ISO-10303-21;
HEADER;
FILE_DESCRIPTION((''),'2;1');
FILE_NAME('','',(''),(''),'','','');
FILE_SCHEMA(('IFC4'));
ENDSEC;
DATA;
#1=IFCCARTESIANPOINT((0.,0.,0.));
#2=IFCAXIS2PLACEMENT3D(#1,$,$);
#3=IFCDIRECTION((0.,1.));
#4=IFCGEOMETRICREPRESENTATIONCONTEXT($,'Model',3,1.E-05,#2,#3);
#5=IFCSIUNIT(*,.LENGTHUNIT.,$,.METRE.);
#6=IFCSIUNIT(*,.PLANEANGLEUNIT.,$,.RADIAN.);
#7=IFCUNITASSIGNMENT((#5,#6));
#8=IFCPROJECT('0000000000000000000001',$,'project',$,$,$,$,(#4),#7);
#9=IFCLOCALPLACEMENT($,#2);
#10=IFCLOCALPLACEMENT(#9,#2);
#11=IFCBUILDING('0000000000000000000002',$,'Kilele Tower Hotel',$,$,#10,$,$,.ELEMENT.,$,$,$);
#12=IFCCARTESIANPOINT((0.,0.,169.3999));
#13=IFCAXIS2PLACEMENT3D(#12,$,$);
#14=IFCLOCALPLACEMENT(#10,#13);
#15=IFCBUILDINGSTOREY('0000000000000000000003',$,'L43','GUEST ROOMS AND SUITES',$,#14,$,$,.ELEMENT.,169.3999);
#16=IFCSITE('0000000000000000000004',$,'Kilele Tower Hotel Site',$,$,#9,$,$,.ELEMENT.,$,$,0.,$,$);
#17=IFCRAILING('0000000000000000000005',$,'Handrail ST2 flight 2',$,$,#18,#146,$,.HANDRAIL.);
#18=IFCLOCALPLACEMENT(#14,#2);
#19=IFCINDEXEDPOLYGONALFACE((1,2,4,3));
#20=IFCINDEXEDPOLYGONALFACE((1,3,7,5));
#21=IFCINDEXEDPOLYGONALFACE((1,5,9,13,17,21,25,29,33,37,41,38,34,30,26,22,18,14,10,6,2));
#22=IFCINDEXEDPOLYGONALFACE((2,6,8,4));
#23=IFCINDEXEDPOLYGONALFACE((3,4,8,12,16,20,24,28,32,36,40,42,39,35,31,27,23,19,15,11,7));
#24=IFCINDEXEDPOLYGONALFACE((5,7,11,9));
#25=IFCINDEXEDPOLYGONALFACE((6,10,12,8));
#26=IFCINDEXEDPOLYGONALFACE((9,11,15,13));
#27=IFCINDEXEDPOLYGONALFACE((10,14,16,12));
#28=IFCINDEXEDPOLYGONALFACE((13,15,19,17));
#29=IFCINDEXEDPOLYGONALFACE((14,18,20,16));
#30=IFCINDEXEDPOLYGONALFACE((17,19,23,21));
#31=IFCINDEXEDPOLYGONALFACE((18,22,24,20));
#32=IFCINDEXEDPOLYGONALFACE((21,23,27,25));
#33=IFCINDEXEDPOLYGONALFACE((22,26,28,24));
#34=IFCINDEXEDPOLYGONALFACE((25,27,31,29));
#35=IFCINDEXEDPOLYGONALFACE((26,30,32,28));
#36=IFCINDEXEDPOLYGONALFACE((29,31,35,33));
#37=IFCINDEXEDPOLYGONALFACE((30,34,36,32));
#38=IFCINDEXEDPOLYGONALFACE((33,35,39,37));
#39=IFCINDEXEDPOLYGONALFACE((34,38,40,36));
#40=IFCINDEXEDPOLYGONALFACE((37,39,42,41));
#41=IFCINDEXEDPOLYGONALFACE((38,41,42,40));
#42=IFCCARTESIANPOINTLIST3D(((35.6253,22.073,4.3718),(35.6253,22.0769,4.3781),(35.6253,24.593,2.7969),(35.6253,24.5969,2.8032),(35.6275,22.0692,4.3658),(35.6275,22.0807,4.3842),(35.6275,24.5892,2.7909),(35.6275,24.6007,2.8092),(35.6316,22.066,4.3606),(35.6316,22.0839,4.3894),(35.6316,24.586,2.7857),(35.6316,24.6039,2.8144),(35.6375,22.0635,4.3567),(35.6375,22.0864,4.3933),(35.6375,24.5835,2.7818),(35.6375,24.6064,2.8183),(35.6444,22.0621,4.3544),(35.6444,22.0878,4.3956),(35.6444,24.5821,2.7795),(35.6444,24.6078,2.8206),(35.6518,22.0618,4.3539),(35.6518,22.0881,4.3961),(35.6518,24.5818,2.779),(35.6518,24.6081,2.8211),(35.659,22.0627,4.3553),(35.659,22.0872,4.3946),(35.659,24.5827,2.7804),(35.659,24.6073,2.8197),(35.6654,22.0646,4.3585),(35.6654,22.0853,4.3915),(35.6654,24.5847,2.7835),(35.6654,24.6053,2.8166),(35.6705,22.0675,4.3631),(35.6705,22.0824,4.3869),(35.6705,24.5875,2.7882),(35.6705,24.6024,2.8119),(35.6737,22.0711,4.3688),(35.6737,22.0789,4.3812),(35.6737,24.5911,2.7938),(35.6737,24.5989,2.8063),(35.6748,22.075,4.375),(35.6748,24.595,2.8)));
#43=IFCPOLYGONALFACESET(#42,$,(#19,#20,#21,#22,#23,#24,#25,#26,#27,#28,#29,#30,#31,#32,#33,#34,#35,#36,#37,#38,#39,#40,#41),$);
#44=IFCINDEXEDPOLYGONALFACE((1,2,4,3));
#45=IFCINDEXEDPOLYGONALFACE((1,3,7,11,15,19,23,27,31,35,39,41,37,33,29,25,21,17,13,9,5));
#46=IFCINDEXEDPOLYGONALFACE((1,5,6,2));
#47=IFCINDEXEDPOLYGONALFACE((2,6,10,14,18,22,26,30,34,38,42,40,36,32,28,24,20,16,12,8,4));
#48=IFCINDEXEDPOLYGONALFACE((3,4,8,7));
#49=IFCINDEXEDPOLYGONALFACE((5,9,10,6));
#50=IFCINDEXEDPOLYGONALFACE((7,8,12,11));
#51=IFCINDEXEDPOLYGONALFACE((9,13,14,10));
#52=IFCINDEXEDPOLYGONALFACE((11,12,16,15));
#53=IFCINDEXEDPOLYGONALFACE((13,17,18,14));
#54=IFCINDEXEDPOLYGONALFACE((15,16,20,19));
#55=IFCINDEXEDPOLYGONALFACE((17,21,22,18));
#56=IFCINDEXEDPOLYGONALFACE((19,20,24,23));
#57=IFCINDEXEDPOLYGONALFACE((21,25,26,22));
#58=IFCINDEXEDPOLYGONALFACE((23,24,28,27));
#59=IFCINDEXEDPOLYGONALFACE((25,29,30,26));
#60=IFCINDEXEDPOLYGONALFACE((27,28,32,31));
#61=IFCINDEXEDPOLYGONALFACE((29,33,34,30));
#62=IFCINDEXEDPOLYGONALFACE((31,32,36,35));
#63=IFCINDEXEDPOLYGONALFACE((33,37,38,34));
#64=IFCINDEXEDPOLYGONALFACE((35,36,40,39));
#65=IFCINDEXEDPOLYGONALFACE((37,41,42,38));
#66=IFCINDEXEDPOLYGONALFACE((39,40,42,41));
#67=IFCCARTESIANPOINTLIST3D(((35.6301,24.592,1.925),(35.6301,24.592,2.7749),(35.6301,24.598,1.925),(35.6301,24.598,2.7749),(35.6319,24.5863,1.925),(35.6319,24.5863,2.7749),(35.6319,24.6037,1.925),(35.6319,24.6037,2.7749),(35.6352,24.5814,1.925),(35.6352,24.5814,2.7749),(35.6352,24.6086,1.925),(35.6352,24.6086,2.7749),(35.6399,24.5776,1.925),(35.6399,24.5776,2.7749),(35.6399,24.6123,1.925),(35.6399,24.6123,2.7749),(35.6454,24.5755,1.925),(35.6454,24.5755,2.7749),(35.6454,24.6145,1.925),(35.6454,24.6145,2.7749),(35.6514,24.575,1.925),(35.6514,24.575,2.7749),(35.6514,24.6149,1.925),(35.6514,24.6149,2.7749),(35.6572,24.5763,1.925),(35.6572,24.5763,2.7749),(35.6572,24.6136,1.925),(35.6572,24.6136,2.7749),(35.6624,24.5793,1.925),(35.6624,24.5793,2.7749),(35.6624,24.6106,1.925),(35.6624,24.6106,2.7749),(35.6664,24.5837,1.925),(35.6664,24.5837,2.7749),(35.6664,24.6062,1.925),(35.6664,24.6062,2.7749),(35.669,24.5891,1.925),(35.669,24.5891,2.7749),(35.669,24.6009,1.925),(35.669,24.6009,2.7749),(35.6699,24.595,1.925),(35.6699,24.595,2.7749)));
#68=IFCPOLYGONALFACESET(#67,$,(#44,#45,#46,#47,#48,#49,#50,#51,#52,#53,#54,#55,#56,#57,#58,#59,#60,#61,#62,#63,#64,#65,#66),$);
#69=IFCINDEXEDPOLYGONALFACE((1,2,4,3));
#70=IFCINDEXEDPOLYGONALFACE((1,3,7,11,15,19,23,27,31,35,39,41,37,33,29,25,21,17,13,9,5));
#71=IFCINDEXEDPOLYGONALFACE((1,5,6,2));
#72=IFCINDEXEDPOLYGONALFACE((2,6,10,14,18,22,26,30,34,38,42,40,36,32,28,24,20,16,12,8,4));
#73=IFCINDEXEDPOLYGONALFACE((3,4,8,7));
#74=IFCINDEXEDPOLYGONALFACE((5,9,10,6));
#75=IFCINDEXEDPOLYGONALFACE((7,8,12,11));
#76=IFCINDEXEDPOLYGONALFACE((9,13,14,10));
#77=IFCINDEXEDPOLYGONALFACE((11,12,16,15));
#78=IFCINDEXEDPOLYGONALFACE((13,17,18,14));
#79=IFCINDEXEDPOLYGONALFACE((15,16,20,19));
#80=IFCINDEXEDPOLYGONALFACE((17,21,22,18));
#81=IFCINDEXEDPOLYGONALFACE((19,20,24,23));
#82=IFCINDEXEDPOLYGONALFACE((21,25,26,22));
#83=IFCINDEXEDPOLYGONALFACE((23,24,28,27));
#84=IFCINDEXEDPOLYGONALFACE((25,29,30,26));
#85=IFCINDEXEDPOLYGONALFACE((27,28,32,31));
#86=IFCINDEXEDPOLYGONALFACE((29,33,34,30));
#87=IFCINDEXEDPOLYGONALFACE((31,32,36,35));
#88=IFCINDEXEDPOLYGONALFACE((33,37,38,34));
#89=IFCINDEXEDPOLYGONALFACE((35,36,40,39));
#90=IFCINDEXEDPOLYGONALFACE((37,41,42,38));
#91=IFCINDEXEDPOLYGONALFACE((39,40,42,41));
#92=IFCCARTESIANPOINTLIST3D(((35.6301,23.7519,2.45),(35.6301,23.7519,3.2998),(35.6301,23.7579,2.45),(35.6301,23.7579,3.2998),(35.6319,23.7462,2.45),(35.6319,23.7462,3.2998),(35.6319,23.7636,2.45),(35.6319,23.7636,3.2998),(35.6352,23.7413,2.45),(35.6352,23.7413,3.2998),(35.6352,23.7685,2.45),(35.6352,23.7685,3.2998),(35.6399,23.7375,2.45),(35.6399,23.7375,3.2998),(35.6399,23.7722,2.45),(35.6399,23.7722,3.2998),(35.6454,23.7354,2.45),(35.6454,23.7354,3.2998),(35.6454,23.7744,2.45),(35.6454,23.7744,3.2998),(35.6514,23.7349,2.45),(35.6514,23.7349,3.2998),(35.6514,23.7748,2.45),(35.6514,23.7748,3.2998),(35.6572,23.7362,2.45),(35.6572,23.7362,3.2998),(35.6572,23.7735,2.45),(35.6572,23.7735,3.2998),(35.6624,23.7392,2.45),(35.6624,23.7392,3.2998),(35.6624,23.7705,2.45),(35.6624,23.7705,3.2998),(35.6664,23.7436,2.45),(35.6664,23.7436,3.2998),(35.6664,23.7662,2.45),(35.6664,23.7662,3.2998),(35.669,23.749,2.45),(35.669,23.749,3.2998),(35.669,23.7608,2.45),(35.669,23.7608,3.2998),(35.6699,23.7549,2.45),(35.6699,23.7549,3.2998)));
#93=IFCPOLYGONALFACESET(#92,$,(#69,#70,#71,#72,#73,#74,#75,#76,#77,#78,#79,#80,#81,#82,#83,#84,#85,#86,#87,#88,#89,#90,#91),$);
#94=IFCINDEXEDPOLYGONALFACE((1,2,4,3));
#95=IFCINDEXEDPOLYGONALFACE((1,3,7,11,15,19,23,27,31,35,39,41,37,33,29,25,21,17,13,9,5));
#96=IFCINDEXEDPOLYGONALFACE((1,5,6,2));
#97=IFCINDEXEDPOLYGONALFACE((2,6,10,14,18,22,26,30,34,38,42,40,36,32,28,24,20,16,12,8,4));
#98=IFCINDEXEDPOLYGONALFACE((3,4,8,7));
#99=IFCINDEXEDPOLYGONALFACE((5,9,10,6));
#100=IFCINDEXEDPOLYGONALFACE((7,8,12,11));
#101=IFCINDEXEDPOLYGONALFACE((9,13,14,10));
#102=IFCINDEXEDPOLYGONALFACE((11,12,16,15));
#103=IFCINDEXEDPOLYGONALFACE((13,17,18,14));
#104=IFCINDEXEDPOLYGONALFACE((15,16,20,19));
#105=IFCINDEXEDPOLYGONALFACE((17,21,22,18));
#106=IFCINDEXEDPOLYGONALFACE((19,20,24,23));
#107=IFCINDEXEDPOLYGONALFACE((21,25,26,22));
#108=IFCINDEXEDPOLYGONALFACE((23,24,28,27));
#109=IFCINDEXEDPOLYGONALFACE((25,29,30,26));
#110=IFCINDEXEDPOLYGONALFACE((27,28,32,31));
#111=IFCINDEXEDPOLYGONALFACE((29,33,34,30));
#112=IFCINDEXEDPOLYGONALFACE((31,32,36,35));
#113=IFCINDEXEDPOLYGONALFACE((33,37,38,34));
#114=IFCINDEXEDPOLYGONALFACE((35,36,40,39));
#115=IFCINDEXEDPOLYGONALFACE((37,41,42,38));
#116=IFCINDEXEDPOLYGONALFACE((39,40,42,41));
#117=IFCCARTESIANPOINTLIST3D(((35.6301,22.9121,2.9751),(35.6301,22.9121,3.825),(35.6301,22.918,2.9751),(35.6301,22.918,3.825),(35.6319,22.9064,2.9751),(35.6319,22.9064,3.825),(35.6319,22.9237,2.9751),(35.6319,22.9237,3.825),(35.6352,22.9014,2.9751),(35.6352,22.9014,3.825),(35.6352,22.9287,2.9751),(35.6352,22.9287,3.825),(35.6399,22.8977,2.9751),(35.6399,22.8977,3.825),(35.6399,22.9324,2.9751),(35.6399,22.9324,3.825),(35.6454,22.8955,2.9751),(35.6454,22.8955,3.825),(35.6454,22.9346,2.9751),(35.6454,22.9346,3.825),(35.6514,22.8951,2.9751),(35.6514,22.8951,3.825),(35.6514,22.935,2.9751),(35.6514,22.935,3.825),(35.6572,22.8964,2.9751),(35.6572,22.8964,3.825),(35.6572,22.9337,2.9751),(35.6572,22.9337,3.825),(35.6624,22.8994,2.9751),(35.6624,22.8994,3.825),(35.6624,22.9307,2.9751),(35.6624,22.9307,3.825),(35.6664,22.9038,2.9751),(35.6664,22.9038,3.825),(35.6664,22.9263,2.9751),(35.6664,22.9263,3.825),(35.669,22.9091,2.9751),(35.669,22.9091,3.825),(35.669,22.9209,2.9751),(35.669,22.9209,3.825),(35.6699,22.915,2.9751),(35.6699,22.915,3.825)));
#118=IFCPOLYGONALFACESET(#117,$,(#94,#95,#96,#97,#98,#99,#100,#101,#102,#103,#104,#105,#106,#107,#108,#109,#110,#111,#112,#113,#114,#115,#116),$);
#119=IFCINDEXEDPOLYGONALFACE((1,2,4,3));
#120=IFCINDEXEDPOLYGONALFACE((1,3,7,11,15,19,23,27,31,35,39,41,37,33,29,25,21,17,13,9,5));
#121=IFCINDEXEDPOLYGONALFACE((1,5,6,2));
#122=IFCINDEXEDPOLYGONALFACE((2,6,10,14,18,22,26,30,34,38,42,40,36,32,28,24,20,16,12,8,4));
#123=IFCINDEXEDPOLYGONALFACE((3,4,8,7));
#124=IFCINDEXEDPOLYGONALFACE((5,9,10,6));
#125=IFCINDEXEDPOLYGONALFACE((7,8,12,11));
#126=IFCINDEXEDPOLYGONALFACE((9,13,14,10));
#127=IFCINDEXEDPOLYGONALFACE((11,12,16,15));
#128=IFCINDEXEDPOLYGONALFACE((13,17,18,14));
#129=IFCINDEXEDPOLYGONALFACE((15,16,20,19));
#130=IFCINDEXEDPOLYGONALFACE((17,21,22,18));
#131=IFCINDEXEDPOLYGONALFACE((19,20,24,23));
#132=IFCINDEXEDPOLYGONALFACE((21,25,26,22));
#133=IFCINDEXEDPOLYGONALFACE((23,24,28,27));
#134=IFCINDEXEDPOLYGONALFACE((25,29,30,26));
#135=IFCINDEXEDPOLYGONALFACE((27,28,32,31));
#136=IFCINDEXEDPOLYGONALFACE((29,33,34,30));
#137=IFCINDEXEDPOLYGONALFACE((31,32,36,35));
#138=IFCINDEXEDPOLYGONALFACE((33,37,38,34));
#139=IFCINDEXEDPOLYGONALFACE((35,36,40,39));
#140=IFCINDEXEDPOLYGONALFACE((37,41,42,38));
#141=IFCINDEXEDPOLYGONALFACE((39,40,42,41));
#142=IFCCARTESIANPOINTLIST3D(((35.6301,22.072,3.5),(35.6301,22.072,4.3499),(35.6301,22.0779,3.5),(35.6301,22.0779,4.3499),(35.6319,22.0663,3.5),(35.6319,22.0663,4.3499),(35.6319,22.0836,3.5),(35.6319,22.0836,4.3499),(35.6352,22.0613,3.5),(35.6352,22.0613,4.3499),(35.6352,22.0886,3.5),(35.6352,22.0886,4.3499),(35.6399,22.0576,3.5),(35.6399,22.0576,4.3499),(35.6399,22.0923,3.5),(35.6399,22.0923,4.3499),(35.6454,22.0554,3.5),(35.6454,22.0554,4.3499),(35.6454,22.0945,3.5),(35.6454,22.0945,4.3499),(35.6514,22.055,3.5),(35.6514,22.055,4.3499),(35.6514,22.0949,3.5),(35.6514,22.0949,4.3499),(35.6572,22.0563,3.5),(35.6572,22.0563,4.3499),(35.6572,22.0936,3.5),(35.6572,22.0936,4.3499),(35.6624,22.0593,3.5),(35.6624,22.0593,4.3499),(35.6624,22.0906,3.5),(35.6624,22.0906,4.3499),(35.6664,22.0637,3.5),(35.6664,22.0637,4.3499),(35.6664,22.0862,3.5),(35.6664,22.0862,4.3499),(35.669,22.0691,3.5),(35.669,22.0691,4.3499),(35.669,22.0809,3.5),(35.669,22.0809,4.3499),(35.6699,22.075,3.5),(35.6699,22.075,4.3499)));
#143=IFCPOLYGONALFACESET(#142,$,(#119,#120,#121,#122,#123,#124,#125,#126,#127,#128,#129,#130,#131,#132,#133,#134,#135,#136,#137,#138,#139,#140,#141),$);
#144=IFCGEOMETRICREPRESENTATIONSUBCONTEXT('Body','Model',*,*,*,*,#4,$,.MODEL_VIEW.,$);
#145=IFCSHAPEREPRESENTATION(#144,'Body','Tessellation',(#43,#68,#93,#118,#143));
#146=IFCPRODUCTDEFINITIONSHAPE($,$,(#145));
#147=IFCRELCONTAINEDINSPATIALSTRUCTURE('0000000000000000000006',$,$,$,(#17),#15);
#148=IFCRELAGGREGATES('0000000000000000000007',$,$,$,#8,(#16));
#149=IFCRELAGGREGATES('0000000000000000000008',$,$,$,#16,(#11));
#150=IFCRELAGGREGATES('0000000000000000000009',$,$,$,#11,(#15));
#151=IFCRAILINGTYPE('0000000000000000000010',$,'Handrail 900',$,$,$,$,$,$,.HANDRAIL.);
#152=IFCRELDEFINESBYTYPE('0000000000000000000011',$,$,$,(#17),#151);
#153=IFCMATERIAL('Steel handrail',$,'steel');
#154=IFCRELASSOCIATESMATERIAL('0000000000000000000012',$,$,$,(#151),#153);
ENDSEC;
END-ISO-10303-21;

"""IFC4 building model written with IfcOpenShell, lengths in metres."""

from ifc_helpers import new_model, si_unit, direction, frame, origin, origin_2d, place, context, subcontext, project, spatial, circle, extrude, material, type_object, element, save


model = new_model("IFC4")

# Units and contexts
model_context = context("Model", 3, precision=1e-05, world=origin(), true_north=direction((0.0, 1.0)))
body_context = subcontext(model_context, "Body", "Model", "MODEL_VIEW")
ifc_project = project(units=[si_unit("LENGTHUNIT", "METRE"), si_unit("PLANEANGLEUNIT", "RADIAN")], contexts=[model_context])

# Site, building, storey
site_placement = place(None, origin())
site = spatial("IfcSite", under=ifc_project, at=site_placement, Name="Kilele Tower Hotel Site", CompositionType="ELEMENT", RefElevation=0.0)
building_placement = place(site_placement, origin())
building = spatial("IfcBuilding", under=site, at=building_placement, Name="Kilele Tower Hotel", CompositionType="ELEMENT")
storey_placement = place(building_placement, frame((0.0, 0.0, 169.3999)))
storey = spatial("IfcBuildingStorey", under=building, at=storey_placement, Name="L43", Description="GUEST ROOMS AND SUITES", CompositionType="ELEMENT", Elevation=169.3999)

# Railing
ifc_material_1 = material(Name="Steel handrail", Category="steel")
railing_type = type_object("IfcRailingType", Name="Handrail 900", PredefinedType="HANDRAIL", material=ifc_material_1)
railing_placement = place(storey_placement, frame((35.6499, 24.595, 1.925)))
element("IfcRailing", 1, at=railing_placement, inside=storey, type_object=railing_type, Name="Handrail ST2 flight 2", PredefinedType="HANDRAIL", context=body_context, shape_type="SweptSolid", body=[
    extrude(circle(Radius=0.0249, at=origin_2d()), frame((0.0, 0.0, 0.875), z_axis=(0.0, -0.848008, 0.529984), x_axis=(1.0, 0.0, 0.0)), (0.0, 0.0, 1.0), 2.9717),
    extrude(circle(Radius=0.02, at=origin_2d()), origin(), (0.0, 0.0, 1.0), 0.8499),
    extrude(circle(Radius=0.02, at=origin_2d()), frame((0.0, -0.8401, 0.5249)), (0.0, 0.0, 1.0), 0.8499),
    extrude(circle(Radius=0.02, at=origin_2d()), frame((0.0, -1.6799, 1.05)), (0.0, 0.0, 1.0), 0.8499),
    extrude(circle(Radius=0.02, at=origin_2d()), frame((0.0, -2.52, 1.575)), (0.0, 0.0, 1.0), 0.8499),
])

save(model, "model.ifc")
